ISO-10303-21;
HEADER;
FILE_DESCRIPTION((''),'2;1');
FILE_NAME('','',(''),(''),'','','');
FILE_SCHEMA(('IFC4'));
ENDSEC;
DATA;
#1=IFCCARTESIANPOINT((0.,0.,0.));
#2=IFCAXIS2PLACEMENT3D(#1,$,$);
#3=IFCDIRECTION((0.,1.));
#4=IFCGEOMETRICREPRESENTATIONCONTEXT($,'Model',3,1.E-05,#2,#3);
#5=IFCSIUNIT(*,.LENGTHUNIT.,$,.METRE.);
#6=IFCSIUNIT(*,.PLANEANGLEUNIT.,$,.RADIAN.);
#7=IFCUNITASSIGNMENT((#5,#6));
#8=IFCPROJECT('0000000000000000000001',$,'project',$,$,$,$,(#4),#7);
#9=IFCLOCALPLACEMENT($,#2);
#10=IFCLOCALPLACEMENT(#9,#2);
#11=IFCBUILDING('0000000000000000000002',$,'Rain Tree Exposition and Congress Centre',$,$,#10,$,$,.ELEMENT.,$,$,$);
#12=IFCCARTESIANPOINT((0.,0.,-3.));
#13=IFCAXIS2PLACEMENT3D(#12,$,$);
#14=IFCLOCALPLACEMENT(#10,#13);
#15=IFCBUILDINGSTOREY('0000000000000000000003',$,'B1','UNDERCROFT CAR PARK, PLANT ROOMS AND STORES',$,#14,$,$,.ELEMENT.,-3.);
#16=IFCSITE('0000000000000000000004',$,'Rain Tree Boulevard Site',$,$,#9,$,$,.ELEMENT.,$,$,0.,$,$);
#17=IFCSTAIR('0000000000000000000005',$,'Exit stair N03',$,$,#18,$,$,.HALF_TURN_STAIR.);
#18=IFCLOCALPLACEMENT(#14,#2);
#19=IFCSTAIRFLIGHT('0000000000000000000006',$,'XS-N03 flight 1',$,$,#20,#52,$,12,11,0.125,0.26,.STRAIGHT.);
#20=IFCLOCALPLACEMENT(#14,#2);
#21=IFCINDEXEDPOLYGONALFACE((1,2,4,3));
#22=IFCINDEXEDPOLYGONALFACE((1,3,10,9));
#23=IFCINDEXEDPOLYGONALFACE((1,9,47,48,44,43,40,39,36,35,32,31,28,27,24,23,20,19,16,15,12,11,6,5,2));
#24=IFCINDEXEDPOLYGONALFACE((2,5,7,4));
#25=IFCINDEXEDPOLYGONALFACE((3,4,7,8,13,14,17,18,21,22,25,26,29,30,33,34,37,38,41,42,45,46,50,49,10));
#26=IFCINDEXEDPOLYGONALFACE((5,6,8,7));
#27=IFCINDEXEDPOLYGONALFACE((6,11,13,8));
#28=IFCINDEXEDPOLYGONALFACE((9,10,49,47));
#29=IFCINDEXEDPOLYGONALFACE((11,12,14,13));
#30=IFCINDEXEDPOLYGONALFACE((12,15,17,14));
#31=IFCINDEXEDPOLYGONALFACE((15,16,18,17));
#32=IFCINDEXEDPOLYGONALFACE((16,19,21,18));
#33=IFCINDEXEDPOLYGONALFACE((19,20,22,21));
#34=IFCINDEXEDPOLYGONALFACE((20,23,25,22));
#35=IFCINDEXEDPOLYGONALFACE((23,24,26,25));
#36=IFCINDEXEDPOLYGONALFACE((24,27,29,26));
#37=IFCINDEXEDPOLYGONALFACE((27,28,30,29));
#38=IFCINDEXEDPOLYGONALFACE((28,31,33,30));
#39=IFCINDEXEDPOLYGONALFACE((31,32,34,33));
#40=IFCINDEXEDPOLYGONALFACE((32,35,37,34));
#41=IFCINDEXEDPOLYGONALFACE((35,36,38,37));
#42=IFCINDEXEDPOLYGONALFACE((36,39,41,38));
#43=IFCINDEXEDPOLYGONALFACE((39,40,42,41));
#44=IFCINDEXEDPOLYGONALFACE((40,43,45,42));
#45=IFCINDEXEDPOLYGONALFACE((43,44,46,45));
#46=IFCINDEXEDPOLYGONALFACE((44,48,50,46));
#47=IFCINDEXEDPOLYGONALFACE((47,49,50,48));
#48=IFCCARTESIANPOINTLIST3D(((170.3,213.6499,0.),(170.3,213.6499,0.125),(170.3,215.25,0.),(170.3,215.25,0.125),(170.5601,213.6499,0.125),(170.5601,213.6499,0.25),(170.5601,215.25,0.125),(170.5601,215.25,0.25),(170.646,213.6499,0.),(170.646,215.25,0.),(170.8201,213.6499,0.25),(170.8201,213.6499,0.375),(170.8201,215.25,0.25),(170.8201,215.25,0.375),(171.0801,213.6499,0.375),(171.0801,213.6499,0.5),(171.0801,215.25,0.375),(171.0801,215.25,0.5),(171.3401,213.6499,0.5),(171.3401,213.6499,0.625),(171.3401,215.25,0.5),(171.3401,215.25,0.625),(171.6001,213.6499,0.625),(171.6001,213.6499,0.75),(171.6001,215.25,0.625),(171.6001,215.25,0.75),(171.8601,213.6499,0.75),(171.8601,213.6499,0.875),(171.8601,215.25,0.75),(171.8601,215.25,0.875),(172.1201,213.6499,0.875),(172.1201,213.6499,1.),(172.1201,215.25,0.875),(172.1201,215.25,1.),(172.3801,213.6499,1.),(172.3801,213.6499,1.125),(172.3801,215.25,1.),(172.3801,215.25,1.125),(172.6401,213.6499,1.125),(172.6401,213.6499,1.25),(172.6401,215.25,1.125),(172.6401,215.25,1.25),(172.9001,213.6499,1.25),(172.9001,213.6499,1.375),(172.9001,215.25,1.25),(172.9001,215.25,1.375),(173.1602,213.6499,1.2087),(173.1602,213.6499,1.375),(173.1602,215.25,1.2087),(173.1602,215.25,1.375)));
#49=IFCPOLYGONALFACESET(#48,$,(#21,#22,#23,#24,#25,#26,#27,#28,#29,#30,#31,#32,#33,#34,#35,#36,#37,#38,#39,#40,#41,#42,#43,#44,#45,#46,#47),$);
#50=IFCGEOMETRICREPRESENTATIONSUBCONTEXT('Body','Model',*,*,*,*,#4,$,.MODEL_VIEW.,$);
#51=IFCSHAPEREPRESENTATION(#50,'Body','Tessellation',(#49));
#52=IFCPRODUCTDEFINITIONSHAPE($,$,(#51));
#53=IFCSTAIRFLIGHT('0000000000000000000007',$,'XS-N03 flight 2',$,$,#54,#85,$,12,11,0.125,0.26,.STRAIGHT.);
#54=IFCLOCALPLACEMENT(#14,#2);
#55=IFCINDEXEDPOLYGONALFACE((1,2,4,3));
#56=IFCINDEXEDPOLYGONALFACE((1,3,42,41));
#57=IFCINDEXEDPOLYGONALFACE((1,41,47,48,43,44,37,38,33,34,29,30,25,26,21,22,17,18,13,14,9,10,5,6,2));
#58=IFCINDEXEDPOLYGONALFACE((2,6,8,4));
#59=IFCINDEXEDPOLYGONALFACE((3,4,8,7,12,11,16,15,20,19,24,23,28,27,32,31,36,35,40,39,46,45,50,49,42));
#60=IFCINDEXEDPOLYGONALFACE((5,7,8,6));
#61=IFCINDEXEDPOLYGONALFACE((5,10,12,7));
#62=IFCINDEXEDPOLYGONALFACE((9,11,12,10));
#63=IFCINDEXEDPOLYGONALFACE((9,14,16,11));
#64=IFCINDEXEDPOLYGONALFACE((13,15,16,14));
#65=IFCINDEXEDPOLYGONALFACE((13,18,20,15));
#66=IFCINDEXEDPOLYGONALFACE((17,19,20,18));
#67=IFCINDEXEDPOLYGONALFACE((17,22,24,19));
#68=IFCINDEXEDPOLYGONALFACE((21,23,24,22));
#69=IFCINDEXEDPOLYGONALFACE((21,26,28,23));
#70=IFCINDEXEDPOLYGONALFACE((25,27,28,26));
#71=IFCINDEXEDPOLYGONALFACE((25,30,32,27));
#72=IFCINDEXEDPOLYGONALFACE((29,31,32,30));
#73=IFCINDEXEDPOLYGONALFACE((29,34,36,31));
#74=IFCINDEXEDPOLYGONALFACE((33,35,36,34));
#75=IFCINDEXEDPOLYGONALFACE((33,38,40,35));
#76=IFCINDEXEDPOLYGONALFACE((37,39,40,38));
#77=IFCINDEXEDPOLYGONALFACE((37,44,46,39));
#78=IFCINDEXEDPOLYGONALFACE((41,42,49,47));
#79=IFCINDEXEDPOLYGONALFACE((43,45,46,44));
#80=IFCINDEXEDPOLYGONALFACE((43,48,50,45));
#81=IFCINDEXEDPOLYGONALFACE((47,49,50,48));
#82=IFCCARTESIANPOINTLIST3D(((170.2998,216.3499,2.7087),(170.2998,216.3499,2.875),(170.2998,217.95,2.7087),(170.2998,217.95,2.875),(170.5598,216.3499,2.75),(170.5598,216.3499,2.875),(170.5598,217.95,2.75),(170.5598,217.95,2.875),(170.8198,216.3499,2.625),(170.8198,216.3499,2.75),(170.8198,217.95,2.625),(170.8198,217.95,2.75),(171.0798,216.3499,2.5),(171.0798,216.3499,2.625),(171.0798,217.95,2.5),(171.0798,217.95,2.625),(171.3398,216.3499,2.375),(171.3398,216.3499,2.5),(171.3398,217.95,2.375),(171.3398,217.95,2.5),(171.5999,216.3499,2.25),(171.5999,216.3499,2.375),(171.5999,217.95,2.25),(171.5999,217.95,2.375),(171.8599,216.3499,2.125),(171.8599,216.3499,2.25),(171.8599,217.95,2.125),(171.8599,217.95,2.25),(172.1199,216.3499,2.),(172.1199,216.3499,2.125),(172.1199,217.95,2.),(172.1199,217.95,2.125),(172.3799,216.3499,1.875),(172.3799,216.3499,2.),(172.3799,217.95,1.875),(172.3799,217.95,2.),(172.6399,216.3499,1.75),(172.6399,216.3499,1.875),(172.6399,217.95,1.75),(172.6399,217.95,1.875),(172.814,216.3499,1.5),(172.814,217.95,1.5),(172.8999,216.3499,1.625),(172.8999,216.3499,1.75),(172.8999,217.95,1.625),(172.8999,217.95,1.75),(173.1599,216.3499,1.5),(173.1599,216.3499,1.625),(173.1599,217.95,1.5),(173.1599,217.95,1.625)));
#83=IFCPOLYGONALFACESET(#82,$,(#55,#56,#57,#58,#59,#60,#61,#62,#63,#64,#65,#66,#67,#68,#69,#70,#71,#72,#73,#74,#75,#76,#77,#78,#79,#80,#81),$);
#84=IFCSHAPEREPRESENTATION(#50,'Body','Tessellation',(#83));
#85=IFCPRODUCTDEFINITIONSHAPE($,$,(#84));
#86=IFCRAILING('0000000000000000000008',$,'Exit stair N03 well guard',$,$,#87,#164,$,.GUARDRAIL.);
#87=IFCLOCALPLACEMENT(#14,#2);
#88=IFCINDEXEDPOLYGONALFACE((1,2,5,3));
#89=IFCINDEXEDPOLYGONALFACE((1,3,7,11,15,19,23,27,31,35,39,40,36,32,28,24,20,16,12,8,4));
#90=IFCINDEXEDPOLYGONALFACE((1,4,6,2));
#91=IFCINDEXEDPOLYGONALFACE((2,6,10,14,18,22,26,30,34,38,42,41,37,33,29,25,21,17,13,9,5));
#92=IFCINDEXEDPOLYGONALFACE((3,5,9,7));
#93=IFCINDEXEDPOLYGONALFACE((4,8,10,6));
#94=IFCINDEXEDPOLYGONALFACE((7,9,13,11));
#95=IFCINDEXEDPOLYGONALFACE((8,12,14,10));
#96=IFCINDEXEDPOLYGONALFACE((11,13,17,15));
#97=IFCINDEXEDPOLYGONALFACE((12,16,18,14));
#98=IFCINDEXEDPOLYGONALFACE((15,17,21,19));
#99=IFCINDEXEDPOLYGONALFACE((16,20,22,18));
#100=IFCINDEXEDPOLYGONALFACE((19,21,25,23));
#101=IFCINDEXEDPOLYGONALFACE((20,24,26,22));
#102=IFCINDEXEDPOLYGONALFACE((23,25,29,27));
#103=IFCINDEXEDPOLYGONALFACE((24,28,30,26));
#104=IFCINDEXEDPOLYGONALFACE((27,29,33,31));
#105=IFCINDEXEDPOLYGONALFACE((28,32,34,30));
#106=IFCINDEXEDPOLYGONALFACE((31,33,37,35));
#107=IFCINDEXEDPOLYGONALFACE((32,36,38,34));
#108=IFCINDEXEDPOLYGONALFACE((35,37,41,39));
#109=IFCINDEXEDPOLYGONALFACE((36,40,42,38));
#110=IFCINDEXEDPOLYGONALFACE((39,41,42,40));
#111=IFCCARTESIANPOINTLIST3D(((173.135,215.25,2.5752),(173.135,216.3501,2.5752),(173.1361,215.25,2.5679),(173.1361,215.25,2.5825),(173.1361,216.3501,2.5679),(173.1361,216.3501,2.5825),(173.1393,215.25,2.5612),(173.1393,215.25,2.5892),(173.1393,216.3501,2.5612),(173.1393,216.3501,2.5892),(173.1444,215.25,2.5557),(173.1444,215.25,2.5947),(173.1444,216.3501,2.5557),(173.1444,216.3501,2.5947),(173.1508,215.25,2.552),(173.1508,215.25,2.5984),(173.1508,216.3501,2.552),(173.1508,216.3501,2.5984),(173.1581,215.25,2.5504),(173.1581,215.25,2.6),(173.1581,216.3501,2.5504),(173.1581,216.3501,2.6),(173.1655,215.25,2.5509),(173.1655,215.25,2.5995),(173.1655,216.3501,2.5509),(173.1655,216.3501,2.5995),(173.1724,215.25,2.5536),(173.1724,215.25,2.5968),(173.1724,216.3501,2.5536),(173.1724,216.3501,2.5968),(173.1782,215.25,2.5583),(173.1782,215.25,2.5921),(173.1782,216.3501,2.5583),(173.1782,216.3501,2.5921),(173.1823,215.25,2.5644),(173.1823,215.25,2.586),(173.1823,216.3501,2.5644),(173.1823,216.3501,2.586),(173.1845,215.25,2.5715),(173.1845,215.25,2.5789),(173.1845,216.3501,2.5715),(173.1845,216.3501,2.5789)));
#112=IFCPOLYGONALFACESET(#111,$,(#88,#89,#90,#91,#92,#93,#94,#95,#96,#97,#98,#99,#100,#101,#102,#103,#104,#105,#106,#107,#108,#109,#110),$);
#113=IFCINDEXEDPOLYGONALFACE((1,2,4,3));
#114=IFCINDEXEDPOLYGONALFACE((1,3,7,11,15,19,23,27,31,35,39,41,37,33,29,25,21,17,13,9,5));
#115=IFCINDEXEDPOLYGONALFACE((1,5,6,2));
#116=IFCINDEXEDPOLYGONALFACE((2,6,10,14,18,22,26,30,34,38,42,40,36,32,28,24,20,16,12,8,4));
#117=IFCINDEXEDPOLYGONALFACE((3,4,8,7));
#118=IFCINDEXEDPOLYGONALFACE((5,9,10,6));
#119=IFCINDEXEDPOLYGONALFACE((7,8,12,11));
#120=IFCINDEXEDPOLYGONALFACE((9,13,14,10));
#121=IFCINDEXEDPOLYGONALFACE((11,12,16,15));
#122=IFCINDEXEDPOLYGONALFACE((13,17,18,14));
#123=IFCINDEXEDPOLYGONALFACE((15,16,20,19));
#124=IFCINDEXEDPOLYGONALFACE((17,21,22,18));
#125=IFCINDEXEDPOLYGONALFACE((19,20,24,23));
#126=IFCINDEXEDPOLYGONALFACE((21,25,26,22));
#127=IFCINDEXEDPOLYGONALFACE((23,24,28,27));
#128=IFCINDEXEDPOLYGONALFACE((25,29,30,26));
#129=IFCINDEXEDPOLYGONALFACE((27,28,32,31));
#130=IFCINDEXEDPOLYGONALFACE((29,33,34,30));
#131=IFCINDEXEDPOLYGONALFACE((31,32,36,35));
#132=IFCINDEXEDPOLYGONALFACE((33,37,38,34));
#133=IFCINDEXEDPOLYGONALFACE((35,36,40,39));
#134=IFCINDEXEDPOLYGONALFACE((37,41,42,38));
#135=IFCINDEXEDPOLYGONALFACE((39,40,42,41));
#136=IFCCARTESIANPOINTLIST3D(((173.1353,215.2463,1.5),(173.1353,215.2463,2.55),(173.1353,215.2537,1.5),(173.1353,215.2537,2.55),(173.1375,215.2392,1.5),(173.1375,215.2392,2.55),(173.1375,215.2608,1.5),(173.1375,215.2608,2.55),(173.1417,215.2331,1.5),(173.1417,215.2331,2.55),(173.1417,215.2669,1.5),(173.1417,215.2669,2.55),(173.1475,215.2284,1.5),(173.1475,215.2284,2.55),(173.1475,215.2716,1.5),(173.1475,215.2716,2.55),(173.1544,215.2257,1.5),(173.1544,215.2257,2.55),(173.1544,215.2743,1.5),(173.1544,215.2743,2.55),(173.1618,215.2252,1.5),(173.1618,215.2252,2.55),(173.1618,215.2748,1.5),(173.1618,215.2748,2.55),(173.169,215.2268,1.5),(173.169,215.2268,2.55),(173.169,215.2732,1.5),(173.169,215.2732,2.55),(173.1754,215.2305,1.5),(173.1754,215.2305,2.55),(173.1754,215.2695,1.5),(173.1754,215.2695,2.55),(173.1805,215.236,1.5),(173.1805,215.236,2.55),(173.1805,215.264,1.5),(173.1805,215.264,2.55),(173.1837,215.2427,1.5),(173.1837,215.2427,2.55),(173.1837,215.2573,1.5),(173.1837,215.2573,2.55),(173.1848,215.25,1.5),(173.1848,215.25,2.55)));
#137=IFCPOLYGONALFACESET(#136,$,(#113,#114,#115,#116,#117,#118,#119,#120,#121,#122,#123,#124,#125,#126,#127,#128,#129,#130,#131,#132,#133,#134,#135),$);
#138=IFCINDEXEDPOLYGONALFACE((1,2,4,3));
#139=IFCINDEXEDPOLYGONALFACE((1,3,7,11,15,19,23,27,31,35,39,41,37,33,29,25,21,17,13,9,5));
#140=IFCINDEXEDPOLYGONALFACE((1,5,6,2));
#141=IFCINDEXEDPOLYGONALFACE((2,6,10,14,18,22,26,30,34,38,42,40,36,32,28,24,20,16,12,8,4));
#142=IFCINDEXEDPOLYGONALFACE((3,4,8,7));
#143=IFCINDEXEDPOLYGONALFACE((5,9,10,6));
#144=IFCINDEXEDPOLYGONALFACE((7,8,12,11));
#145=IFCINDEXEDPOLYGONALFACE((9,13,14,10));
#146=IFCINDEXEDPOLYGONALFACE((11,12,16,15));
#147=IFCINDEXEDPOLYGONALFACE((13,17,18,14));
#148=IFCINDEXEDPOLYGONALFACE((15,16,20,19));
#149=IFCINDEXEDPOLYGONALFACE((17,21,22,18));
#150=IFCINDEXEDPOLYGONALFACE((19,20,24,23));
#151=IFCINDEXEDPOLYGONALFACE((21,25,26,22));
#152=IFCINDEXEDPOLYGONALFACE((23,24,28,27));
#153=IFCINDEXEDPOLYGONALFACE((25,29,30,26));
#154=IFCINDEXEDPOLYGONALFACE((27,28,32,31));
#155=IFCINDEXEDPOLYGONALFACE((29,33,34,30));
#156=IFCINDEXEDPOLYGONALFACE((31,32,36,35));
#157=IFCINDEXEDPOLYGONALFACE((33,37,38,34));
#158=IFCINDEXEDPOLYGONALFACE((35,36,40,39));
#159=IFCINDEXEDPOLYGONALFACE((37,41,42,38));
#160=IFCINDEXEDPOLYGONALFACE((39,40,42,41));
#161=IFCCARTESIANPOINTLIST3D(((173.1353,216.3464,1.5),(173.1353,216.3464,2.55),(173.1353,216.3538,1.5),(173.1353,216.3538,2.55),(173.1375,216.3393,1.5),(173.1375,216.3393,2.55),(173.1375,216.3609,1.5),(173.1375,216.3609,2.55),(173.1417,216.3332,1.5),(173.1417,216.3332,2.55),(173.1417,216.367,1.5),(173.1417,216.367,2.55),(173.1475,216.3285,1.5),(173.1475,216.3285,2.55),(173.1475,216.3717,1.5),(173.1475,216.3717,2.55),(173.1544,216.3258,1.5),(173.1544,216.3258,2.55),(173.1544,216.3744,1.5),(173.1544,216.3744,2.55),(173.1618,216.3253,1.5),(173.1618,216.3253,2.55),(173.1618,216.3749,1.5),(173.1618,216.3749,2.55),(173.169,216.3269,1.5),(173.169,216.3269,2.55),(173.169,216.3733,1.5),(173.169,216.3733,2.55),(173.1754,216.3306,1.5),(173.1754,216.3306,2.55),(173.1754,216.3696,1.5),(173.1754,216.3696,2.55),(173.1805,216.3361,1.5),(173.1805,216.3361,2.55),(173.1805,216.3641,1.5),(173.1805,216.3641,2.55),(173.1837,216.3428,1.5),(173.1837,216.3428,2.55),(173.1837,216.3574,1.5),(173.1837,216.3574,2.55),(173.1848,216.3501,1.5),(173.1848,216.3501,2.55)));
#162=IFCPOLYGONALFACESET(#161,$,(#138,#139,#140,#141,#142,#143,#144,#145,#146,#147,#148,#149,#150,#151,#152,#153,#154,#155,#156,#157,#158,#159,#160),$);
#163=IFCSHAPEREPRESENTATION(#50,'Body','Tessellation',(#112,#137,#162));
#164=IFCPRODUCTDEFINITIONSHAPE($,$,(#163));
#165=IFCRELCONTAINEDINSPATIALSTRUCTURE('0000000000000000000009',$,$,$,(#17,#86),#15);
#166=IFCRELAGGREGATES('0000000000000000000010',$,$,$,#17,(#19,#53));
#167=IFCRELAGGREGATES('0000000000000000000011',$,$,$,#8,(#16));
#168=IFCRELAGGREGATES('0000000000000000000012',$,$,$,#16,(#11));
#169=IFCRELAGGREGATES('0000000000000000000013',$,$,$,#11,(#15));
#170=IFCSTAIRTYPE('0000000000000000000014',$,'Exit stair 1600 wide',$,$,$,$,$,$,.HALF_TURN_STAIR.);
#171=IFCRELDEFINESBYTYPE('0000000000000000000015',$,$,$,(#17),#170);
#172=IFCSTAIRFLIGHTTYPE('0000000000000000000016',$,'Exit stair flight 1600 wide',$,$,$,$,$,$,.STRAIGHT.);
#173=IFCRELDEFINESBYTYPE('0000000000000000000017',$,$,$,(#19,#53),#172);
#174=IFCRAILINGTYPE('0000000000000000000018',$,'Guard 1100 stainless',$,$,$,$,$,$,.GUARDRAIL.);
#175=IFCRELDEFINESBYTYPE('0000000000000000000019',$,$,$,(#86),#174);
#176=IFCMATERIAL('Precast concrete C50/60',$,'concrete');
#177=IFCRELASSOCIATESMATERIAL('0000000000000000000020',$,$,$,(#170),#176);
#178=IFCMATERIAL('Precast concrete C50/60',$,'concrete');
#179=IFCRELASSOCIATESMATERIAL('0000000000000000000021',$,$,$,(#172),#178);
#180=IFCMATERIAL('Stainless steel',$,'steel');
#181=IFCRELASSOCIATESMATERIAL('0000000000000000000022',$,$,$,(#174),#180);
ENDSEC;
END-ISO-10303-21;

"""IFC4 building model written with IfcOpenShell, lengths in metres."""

from ifc_helpers import new_model, si_unit, direction, frame, origin, origin_2d, place, context, subcontext, project, spatial, polyline, circle, outline, extrude, material, type_object, element, aggregate, save


model = new_model("IFC4")

# Units and contexts
model_context = context("Model", 3, precision=1e-05, world=origin(), true_north=direction((0.0, 1.0)))
body_context = subcontext(model_context, "Body", "Model", "MODEL_VIEW")
ifc_project = project(units=[si_unit("LENGTHUNIT", "METRE"), si_unit("PLANEANGLEUNIT", "RADIAN")], contexts=[model_context])

# Site, building, storey
site_placement = place(None, origin())
site = spatial("IfcSite", under=ifc_project, at=site_placement, Name="Rain Tree Boulevard Site", CompositionType="ELEMENT", RefElevation=0.0)
building_placement = place(site_placement, origin())
building = spatial("IfcBuilding", under=site, at=building_placement, Name="Rain Tree Exposition and Congress Centre", CompositionType="ELEMENT")
storey_placement = place(building_placement, frame((0.0, 0.0, -3.0)))
storey = spatial("IfcBuildingStorey", under=building, at=storey_placement, Name="B1", Description="UNDERCROFT CAR PARK, PLANT ROOMS AND STORES", CompositionType="ELEMENT", Elevation=-3.0)

# Stair, stair flights
ifc_material_1 = material(Name="Precast concrete C50/60", Category="concrete")
stair_type = type_object("IfcStairType", Name="Exit stair 1600 wide", PredefinedType="HALF_TURN_STAIR", material=ifc_material_1)
stair_placement = place(storey_placement, origin())
stair = element("IfcStair", 1, at=stair_placement, inside=storey, type_object=stair_type, Name="Exit stair N03", PredefinedType="HALF_TURN_STAIR")
ifc_material_2 = material(Name="Precast concrete C50/60", Category="concrete")
stair_flight_type = type_object("IfcStairFlightType", Name="Exit stair flight 1600 wide", PredefinedType="STRAIGHT", material=ifc_material_2)
stair_flight_1_placement = place(storey_placement, frame((170.3, 214.45, 0.0), z_axis=(0.0, 0.0, 1.0), x_axis=(1.0, 0.0, 0.0)))
stair_flight_1 = element("IfcStairFlight", 2, at=stair_flight_1_placement, type_object=stair_flight_type, Name="XS-N03 flight 1", NumberOfRisers=12, NumberOfTreads=11, PredefinedType="STRAIGHT", RiserHeight=0.125, TreadLength=0.26, context=body_context, shape_type="SweptSolid", body=[
    extrude(outline(polyline([(0.0, 0.0), (0.0, 0.125), (0.26, 0.125), (0.26, 0.25), (0.52, 0.25), (0.52, 0.375), (0.78, 0.375), (0.78, 0.5), (1.04, 0.5), (1.04, 0.625), (1.3, 0.625), (1.3, 0.75), (1.5601, 0.75), (1.5601, 0.875), (1.8201, 0.875), (1.8201, 1.0), (2.0801, 1.0), (2.0801, 1.125), (2.3401, 1.125), (2.3401, 1.25), (2.6001, 1.25), (2.6001, 1.375), (2.8601, 1.375), (2.8601, 1.5), (2.8601, 1.2087), (0.3459, 0.0), (0.0, 0.0)])), frame((0.0, 0.8, 0.0), z_axis=(0.0, -1.0, 0.0), x_axis=(1.0, 0.0, 0.0)), (0.0, 0.0, 1.0), 1.6001),
])
stair_flight_2_placement = place(storey_placement, frame((173.1599, 217.1499, 1.5), z_axis=(0.0, 0.0, 1.0), x_axis=(-1.0, 0.0, 0.0)))
stair_flight_2 = element("IfcStairFlight", 3, at=stair_flight_2_placement, type_object=stair_flight_type, Name="XS-N03 flight 2", NumberOfRisers=12, NumberOfTreads=11, PredefinedType="STRAIGHT", RiserHeight=0.125, TreadLength=0.26, context=body_context, shape_type="SweptSolid", body=[
    extrude(outline(polyline([(0.0, 0.0), (0.0, 0.125), (0.26, 0.125), (0.26, 0.25), (0.52, 0.25), (0.52, 0.375), (0.78, 0.375), (0.78, 0.5), (1.04, 0.5), (1.04, 0.625), (1.3, 0.625), (1.3, 0.75), (1.5601, 0.75), (1.5601, 0.875), (1.8201, 0.875), (1.8201, 1.0), (2.0801, 1.0), (2.0801, 1.125), (2.3401, 1.125), (2.3401, 1.25), (2.6001, 1.25), (2.6001, 1.375), (2.8601, 1.375), (2.8601, 1.5), (2.8601, 1.2087), (0.3459, 0.0), (0.0, 0.0)])), frame((0.0, 0.8, 0.0), z_axis=(0.0, -1.0, 0.0), x_axis=(1.0, 0.0, 0.0)), (0.0, 0.0, 1.0), 1.6001),
])
aggregate(stair, [stair_flight_1, stair_flight_2])

# Railing
ifc_material_3 = material(Name="Stainless steel", Category="steel")
railing_type = type_object("IfcRailingType", Name="Guard 1100 stainless", PredefinedType="GUARDRAIL", material=ifc_material_3)
railing_placement = place(storey_placement, frame((173.1599, 215.25, 1.5)))
element("IfcRailing", 4, at=railing_placement, inside=storey, type_object=railing_type, Name="Exit stair N03 well guard", PredefinedType="GUARDRAIL", context=body_context, shape_type="SweptSolid", body=[
    extrude(circle(Radius=0.0249, at=origin_2d()), frame((0.0, 0.0, 1.0752), z_axis=(0.0, 1.0, 0.0), x_axis=(-1.0, 0.0, 0.0)), (0.0, 0.0, 1.0), 1.1001),
    extrude(circle(Radius=0.0249, at=origin_2d()), origin(), (0.0, 0.0, 1.0), 1.05),
    extrude(circle(Radius=0.0249, at=origin_2d()), frame((0.0, 1.1001, 0.0)), (0.0, 0.0, 1.0), 1.05),
])

save(model, "model.ifc")
